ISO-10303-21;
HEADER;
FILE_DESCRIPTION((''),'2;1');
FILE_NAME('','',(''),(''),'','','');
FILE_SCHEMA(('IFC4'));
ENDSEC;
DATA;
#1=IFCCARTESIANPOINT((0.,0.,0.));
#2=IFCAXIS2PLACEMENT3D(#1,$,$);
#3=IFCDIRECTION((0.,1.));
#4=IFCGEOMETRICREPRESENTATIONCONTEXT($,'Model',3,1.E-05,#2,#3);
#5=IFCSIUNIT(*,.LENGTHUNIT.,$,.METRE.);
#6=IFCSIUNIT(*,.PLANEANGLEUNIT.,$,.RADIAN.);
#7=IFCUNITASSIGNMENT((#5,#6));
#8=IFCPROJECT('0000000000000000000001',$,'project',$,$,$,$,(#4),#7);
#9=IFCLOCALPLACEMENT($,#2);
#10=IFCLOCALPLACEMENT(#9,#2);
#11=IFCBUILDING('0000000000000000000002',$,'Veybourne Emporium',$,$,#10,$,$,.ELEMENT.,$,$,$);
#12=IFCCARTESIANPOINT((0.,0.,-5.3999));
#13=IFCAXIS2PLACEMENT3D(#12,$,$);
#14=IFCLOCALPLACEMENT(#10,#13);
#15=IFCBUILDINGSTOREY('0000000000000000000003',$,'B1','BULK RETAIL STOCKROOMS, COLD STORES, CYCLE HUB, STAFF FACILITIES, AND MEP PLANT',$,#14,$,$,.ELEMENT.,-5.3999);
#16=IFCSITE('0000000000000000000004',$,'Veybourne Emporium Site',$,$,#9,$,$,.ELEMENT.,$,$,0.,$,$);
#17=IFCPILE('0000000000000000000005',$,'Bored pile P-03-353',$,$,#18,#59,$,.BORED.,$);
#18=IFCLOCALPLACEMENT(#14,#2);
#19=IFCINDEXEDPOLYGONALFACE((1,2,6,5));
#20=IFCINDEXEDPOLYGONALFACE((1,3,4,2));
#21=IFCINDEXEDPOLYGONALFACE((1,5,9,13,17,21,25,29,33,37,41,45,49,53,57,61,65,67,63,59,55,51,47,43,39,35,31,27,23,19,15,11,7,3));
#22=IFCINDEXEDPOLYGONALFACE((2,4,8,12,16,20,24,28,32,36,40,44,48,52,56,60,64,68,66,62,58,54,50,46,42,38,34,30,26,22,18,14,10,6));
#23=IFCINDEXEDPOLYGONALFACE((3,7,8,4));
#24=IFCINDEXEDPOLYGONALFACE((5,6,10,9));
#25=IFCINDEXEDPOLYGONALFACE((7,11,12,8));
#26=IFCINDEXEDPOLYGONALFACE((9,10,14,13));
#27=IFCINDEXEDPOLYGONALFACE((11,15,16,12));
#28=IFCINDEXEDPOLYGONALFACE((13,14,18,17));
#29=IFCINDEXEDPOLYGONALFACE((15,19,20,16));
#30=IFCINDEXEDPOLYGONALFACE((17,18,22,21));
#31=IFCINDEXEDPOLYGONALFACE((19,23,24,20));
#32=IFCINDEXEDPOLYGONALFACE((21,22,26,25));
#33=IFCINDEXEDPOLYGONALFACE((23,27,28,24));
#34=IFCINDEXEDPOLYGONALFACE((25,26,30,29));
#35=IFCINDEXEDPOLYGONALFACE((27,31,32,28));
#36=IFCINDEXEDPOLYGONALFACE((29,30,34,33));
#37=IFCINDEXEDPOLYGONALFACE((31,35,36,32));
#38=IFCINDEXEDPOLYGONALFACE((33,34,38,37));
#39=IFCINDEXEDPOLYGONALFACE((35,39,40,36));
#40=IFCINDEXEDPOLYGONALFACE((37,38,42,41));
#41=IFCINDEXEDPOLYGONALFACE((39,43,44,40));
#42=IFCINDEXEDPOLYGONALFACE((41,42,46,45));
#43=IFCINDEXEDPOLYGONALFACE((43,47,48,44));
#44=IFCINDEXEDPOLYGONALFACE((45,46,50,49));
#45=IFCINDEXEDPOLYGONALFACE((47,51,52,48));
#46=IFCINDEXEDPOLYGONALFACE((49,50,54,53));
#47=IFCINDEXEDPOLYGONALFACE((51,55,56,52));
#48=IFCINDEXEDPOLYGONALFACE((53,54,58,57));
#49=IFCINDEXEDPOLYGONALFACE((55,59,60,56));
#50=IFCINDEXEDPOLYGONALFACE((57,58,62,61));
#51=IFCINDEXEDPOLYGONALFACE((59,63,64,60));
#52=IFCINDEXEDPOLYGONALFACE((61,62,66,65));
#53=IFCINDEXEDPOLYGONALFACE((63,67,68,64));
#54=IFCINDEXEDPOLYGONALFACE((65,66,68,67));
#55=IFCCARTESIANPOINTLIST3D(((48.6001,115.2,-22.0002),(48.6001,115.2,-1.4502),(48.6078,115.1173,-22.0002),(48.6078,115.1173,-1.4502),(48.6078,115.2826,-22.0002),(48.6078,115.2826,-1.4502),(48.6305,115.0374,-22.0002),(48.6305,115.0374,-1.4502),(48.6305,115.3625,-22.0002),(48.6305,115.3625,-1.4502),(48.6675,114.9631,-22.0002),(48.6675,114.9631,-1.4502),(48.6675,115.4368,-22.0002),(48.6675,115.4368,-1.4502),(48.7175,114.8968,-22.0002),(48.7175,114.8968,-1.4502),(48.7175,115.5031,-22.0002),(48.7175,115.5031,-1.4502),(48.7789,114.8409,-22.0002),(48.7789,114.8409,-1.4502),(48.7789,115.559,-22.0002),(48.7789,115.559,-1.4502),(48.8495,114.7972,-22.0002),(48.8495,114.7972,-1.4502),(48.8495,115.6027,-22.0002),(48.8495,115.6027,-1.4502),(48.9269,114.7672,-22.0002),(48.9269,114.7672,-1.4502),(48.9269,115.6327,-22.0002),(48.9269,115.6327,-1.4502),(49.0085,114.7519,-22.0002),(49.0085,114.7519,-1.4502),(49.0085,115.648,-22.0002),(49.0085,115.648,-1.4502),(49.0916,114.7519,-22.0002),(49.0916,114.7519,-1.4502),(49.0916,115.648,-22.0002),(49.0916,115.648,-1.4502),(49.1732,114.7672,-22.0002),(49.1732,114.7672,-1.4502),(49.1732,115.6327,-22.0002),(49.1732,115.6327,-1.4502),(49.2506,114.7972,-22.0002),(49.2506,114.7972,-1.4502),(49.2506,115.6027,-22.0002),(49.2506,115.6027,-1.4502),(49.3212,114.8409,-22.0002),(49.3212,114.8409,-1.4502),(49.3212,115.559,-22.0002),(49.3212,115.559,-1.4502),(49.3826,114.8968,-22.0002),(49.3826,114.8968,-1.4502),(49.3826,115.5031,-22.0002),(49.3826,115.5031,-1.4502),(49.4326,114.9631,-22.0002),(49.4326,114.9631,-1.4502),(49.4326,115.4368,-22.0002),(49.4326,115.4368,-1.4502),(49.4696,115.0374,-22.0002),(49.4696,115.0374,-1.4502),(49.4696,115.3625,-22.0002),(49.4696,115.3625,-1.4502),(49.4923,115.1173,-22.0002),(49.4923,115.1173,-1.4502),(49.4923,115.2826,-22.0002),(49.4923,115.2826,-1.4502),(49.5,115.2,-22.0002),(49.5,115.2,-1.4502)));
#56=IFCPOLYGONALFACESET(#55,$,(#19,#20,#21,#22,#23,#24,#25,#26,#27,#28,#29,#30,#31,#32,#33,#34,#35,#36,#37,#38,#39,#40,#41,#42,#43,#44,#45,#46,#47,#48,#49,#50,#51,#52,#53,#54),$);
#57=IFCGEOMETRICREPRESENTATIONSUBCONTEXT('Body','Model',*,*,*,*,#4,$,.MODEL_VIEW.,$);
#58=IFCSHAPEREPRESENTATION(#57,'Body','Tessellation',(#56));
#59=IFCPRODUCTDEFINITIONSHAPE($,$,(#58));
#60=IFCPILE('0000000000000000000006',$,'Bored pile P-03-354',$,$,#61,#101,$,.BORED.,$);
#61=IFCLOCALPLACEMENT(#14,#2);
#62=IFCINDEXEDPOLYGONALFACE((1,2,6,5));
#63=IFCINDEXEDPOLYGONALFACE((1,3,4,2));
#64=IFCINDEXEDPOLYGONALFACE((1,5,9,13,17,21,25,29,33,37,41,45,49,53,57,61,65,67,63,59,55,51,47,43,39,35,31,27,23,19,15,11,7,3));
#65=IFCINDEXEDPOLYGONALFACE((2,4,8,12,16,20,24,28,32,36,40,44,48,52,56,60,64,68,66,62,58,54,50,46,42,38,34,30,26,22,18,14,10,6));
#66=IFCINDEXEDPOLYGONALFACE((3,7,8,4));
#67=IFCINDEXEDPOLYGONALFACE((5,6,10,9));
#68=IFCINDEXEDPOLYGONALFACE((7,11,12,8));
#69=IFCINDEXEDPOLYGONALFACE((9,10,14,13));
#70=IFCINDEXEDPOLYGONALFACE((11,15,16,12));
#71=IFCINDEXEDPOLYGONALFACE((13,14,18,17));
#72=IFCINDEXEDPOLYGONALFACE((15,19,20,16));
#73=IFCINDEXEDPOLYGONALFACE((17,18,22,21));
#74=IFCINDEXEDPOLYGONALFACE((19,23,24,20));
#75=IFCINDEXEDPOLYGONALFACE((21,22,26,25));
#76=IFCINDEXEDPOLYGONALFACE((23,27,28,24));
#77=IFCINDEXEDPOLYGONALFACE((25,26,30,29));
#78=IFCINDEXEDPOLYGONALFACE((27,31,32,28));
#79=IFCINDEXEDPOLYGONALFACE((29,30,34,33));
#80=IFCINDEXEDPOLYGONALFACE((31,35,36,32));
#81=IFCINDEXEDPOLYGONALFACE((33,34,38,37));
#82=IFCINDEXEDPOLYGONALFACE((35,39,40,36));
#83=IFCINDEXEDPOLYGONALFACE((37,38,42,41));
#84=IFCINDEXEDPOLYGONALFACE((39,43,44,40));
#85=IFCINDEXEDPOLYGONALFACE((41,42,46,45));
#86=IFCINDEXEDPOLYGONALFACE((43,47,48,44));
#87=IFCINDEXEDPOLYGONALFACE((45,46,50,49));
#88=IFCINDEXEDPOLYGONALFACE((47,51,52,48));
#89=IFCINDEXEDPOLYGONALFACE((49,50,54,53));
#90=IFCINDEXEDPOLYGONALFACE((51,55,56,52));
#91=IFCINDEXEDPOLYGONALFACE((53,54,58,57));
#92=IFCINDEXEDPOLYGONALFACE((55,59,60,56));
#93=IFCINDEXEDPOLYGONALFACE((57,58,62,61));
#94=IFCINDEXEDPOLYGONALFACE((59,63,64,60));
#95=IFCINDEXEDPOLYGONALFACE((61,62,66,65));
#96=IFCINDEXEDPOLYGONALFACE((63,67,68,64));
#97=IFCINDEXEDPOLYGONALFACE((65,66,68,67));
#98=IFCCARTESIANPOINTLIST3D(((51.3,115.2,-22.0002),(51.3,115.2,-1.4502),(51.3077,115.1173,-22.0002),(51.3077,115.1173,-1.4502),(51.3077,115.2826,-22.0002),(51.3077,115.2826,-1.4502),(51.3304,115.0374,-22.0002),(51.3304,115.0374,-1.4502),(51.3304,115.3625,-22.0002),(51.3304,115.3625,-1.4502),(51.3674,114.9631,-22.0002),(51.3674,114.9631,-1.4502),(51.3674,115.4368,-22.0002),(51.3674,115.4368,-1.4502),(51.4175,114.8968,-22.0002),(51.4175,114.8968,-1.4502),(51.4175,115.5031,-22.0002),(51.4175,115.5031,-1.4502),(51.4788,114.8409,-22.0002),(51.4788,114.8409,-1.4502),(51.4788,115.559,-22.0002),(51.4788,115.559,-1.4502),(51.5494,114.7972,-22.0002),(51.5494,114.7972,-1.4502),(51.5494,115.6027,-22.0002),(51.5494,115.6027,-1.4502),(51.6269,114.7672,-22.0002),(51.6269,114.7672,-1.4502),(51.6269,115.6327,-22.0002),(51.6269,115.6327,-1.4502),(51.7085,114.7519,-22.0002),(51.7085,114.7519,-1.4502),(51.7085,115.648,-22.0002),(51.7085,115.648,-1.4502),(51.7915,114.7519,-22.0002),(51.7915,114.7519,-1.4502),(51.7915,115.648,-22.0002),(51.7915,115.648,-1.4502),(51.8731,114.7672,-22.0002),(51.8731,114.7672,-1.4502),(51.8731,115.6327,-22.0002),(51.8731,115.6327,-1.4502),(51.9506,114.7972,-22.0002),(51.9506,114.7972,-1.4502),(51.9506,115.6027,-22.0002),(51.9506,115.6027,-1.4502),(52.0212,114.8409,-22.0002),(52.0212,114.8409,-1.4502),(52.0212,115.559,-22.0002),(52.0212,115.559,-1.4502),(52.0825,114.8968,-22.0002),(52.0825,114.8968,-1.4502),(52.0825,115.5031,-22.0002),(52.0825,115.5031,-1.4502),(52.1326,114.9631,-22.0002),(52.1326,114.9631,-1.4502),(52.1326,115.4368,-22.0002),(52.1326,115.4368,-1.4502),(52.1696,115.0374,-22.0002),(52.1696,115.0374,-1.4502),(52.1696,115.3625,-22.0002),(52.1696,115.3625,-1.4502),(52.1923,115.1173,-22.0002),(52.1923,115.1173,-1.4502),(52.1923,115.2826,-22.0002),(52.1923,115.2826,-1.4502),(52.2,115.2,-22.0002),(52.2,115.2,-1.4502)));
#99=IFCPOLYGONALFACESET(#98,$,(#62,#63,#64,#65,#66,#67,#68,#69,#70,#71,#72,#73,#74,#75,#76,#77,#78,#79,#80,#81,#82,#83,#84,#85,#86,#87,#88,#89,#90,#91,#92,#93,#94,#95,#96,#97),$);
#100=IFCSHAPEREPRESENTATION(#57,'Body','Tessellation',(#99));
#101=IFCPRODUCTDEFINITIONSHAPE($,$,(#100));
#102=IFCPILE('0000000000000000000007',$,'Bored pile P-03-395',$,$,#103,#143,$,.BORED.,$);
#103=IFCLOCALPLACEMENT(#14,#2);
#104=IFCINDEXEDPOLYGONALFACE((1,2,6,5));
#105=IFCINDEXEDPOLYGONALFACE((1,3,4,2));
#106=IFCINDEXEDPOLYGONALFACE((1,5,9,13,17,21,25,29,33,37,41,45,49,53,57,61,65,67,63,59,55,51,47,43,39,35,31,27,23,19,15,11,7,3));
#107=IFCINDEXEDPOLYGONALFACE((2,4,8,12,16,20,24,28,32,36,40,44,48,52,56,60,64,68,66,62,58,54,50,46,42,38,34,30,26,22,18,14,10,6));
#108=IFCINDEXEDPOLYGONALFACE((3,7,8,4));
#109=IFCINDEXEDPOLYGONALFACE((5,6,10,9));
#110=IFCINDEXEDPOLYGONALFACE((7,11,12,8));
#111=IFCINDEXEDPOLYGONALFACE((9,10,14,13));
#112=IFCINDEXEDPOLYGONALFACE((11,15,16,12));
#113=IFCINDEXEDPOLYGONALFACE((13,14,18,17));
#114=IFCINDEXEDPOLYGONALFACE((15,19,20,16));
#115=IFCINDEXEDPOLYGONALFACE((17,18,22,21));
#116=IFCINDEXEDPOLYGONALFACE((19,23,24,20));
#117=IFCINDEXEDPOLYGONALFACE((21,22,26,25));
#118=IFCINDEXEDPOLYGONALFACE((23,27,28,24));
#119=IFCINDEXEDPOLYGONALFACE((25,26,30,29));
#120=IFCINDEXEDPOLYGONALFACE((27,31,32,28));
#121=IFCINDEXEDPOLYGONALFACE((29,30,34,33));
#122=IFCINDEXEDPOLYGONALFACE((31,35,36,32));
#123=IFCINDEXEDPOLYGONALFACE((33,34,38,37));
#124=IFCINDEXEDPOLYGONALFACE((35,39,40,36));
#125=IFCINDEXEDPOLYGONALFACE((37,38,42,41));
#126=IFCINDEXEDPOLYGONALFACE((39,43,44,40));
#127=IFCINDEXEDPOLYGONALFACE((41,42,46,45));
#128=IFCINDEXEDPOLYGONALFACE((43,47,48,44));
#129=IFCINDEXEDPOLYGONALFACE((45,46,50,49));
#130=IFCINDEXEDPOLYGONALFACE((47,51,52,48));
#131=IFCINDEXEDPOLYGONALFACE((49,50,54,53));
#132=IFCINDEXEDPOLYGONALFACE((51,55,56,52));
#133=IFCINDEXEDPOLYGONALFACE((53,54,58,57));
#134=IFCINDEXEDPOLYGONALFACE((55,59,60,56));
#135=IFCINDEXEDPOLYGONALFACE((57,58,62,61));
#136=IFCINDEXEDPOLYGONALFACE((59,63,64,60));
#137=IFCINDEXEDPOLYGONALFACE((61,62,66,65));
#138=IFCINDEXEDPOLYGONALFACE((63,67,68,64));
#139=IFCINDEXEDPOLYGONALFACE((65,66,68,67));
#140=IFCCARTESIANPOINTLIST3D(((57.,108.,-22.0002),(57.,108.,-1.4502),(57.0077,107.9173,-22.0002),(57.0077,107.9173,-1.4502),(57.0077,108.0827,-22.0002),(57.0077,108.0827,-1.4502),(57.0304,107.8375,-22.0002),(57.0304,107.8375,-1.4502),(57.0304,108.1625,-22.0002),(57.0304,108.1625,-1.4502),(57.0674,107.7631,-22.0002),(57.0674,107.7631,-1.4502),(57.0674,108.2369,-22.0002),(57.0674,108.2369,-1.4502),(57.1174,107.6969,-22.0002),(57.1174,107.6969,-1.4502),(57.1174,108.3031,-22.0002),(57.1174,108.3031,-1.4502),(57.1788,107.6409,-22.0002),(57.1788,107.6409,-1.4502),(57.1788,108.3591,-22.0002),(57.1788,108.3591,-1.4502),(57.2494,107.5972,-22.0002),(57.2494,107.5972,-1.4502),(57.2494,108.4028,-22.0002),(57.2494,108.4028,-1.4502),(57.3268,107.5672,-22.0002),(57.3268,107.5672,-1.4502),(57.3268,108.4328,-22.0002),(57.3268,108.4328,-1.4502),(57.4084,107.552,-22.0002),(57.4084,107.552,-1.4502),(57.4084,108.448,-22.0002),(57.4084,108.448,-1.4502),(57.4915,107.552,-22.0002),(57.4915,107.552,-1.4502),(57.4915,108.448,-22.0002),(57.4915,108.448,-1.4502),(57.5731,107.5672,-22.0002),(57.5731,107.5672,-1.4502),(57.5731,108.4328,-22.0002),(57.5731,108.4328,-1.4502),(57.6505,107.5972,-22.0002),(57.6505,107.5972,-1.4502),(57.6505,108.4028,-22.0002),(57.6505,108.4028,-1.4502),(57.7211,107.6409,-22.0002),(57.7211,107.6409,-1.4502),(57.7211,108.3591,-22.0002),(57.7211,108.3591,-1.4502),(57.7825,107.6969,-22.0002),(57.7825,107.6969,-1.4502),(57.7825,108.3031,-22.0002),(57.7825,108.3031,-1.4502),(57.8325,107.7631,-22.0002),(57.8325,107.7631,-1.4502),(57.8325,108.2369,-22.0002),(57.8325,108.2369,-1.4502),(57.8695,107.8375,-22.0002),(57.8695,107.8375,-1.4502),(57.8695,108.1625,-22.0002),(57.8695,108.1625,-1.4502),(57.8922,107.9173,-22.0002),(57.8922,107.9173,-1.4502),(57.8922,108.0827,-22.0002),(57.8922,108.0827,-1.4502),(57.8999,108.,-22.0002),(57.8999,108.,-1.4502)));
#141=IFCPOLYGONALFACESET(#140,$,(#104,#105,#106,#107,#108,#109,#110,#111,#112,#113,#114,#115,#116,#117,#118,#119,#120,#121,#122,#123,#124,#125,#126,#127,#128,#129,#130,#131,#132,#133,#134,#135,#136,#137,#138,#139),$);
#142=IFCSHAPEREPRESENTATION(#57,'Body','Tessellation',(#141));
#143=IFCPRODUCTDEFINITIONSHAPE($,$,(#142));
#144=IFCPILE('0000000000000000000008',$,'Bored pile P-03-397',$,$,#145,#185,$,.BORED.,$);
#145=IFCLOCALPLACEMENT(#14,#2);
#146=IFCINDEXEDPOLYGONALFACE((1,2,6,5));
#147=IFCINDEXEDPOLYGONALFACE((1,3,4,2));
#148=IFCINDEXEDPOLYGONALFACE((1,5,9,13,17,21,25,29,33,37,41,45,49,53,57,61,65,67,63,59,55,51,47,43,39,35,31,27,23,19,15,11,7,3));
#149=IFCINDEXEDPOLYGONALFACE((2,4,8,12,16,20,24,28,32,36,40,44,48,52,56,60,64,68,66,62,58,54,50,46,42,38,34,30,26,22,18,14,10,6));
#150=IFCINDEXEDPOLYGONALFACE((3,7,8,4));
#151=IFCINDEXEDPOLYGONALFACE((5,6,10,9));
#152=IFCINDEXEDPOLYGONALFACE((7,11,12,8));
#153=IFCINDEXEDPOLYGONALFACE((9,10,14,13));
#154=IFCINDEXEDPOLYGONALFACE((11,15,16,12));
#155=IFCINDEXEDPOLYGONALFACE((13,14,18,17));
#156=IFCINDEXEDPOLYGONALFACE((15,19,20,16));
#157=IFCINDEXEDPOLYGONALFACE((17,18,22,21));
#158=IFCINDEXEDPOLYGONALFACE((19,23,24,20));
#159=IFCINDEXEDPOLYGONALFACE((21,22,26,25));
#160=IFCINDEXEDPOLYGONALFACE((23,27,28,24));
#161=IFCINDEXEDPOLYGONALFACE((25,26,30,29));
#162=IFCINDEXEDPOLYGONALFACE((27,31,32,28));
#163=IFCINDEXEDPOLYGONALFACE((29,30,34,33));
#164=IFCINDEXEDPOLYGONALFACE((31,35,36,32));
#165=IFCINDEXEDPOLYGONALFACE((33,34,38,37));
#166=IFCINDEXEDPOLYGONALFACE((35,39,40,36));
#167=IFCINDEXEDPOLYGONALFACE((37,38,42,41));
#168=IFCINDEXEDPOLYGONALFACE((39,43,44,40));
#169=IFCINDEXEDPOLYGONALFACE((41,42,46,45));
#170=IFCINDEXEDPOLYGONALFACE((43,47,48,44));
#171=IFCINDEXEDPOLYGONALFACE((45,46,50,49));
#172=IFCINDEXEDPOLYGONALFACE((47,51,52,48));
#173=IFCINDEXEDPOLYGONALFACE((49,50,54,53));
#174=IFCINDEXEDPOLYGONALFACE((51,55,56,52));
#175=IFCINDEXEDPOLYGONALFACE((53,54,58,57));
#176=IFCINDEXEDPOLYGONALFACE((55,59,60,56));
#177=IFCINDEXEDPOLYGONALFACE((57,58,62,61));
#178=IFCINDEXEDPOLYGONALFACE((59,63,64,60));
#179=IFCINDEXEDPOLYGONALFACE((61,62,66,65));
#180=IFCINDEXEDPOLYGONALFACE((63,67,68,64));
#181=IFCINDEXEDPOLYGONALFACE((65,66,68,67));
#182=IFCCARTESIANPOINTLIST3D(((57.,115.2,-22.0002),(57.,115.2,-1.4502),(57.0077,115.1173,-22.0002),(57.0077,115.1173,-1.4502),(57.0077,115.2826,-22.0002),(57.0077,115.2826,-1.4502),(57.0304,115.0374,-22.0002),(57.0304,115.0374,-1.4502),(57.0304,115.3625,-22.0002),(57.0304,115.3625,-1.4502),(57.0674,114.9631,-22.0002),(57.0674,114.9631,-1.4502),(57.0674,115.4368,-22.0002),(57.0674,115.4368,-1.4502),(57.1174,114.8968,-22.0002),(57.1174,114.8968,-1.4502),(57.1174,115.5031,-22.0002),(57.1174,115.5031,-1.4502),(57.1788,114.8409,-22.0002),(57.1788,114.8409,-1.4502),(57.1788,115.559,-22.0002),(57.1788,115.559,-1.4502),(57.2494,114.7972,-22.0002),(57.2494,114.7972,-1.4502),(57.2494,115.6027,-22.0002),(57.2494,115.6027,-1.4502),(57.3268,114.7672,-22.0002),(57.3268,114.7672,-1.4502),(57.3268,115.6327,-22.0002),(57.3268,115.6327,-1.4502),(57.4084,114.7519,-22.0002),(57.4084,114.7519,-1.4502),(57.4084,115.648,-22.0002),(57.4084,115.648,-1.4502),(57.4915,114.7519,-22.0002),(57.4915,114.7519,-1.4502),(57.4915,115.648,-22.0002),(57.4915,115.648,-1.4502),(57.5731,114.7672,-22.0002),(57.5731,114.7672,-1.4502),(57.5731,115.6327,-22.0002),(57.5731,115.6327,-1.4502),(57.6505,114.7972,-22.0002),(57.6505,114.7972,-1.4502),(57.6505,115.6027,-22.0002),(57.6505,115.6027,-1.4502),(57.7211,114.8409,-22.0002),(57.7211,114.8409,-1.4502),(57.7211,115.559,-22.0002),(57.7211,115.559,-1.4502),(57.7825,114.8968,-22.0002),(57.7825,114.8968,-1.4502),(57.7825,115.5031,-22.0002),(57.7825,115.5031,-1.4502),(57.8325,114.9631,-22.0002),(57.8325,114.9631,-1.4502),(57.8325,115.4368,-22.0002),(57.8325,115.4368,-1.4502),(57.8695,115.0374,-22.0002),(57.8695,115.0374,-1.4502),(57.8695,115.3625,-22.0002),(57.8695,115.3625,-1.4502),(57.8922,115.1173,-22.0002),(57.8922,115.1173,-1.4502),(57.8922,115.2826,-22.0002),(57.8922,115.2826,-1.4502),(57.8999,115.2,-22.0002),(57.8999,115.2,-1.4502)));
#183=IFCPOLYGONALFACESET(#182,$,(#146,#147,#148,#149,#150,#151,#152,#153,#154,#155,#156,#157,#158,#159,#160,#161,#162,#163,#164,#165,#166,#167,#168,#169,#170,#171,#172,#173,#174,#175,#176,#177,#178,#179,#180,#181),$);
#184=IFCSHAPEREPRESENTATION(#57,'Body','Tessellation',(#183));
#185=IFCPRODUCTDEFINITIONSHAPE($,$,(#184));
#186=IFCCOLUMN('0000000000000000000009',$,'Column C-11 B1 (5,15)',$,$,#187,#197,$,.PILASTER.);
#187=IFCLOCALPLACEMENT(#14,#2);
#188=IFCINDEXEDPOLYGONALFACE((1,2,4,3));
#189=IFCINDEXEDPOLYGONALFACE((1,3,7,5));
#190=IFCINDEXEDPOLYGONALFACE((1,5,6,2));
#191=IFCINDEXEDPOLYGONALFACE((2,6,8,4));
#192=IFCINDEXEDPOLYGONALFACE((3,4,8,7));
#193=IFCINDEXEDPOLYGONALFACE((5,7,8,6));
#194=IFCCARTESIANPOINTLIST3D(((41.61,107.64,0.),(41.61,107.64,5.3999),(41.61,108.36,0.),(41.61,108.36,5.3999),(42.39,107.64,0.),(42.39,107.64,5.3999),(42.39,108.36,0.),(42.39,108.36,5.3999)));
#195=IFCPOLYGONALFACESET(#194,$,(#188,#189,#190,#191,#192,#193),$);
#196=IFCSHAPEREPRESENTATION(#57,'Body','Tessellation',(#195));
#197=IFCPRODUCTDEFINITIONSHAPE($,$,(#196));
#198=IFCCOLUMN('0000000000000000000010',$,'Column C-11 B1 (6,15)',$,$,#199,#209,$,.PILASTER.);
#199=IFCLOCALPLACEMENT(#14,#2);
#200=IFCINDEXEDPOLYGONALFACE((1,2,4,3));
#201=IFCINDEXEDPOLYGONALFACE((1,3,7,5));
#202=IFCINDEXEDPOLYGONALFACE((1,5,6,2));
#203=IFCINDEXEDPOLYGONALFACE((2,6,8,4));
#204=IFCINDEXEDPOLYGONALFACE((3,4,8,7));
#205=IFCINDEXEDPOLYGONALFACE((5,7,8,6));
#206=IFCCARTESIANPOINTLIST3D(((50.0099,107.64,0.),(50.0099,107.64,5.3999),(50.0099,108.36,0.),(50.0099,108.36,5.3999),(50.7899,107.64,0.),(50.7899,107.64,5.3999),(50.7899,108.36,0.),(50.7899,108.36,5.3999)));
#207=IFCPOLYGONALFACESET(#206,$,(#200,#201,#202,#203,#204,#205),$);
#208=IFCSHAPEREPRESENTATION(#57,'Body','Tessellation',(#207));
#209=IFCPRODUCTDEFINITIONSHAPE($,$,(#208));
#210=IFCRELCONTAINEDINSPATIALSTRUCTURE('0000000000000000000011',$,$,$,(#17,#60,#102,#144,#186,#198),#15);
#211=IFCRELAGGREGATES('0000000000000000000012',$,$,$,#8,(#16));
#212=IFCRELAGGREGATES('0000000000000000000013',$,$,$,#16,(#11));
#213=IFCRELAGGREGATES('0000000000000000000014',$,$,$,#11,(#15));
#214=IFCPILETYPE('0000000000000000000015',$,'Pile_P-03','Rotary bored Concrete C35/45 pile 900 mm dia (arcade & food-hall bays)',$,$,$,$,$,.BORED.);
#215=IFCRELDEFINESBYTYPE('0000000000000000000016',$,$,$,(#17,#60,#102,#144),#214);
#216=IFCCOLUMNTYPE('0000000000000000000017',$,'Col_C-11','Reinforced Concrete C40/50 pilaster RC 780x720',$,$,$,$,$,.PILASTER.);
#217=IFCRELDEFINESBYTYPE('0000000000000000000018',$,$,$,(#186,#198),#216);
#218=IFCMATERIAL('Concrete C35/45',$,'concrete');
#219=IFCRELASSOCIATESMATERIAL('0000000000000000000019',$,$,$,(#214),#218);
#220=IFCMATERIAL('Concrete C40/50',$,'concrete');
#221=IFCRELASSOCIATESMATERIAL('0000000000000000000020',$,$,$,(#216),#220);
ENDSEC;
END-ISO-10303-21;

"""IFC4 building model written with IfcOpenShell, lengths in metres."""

from ifc_helpers import new_model, si_unit, direction, frame, origin, origin_2d, place, context, subcontext, project, spatial, rectangle, circle, extrude, material, material_profile, profile_set, type_object, element, save


model = new_model("IFC4")

# Units and contexts
model_context = context("Model", 3, precision=1e-05, world=origin(), true_north=direction((0.0, 1.0)))
body_context = subcontext(model_context, "Body", "Model", "MODEL_VIEW")
ifc_project = project(units=[si_unit("LENGTHUNIT", "METRE"), si_unit("PLANEANGLEUNIT", "RADIAN")], contexts=[model_context])

# Site, building, storey
site_placement = place(None, origin())
site = spatial("IfcSite", under=ifc_project, at=site_placement, Name="Veybourne Emporium Site", CompositionType="ELEMENT", RefElevation=0.0)
building_placement = place(site_placement, origin())
building = spatial("IfcBuilding", under=site, at=building_placement, Name="Veybourne Emporium", CompositionType="ELEMENT")
storey_placement = place(building_placement, frame((0.0, 0.0, -5.3999)))
storey = spatial("IfcBuildingStorey", under=building, at=storey_placement, Name="B1", Description="BULK RETAIL STOCKROOMS, COLD STORES, CYCLE HUB, STAFF FACILITIES, AND MEP PLANT", CompositionType="ELEMENT", Elevation=-5.3999)

# Shared definitions
ifc_material_1 = material(Name="Concrete C35/45", Category="concrete")

# Piles
ifc_material_profile_1 = material_profile(ifc_material_1, circle(Radius=0.45, at=origin_2d()), Name="BORED PILE 900")
ifc_profile_set_1 = profile_set([ifc_material_profile_1], Name="Concrete C35/45")
pile_type_1 = type_object("IfcPileType", Name="Pile_P-03", Description="Rotary bored Concrete C35/45 pile 900 mm dia (arcade & food-hall bays)", PredefinedType="BORED", material=ifc_profile_set_1)
for number, where, z_axis, x_axis, name in (
    (1, (49.05, 115.2, -1.4502), (0.0, 0.0, -1.0), (1.0, 0.0, 0.0), "Bored pile P-03-353"),
    (2, (51.75, 115.2, -1.4502), (0.0, 0.0, -1.0), (1.0, 0.0, 0.0), "Bored pile P-03-354"),
    (3, (57.45, 108.0, -1.4502), (0.0, 0.0, -1.0), (1.0, 0.0, 0.0), "Bored pile P-03-395"),
    (4, (57.45, 115.2, -1.4502), (0.0, 0.0, -1.0), (1.0, 0.0, 0.0), "Bored pile P-03-397"),
):
    element("IfcPile", number, at=place(storey_placement, frame(where, z_axis=z_axis, x_axis=x_axis)), inside=storey, type_object=pile_type_1, Name=name, PredefinedType="BORED", context=body_context, shape_type="SweptSolid", body=[
        extrude(circle(Radius=0.45, at=origin_2d()), origin(), (0.0, 0.0, 1.0), 20.55),
    ])

# Columns
ifc_material_2 = material(Name="Concrete C40/50", Category="concrete")
ifc_material_profile_2 = material_profile(ifc_material_2, rectangle(XDim=0.78, YDim=0.72, at=origin_2d()), Name="RC 780x720")
ifc_profile_set_2 = profile_set([ifc_material_profile_2], Name="Concrete C40/50")
column_type_1 = type_object("IfcColumnType", Name="Col_C-11", Description="Reinforced Concrete C40/50 pilaster RC 780x720", PredefinedType="PILASTER", material=ifc_profile_set_2)
for number, where, z_axis, x_axis, name in (
    (5, (42.0, 108.0, 0.0), (0.0, 0.0, 1.0), (1.0, 0.0, 0.0), "Column C-11 B1 (5,15)"),
    (6, (50.3999, 108.0, 0.0), (0.0, 0.0, 1.0), (1.0, 0.0, 0.0), "Column C-11 B1 (6,15)"),
):
    element("IfcColumn", number, at=place(storey_placement, frame(where, z_axis=z_axis, x_axis=x_axis)), inside=storey, type_object=column_type_1, Name=name, PredefinedType="PILASTER", context=body_context, shape_type="SweptSolid", body=[
        extrude(rectangle(XDim=0.78, YDim=0.72, at=origin_2d()), origin(), (0.0, 0.0, 1.0), 5.3999),
    ])

save(model, "model.ifc")
